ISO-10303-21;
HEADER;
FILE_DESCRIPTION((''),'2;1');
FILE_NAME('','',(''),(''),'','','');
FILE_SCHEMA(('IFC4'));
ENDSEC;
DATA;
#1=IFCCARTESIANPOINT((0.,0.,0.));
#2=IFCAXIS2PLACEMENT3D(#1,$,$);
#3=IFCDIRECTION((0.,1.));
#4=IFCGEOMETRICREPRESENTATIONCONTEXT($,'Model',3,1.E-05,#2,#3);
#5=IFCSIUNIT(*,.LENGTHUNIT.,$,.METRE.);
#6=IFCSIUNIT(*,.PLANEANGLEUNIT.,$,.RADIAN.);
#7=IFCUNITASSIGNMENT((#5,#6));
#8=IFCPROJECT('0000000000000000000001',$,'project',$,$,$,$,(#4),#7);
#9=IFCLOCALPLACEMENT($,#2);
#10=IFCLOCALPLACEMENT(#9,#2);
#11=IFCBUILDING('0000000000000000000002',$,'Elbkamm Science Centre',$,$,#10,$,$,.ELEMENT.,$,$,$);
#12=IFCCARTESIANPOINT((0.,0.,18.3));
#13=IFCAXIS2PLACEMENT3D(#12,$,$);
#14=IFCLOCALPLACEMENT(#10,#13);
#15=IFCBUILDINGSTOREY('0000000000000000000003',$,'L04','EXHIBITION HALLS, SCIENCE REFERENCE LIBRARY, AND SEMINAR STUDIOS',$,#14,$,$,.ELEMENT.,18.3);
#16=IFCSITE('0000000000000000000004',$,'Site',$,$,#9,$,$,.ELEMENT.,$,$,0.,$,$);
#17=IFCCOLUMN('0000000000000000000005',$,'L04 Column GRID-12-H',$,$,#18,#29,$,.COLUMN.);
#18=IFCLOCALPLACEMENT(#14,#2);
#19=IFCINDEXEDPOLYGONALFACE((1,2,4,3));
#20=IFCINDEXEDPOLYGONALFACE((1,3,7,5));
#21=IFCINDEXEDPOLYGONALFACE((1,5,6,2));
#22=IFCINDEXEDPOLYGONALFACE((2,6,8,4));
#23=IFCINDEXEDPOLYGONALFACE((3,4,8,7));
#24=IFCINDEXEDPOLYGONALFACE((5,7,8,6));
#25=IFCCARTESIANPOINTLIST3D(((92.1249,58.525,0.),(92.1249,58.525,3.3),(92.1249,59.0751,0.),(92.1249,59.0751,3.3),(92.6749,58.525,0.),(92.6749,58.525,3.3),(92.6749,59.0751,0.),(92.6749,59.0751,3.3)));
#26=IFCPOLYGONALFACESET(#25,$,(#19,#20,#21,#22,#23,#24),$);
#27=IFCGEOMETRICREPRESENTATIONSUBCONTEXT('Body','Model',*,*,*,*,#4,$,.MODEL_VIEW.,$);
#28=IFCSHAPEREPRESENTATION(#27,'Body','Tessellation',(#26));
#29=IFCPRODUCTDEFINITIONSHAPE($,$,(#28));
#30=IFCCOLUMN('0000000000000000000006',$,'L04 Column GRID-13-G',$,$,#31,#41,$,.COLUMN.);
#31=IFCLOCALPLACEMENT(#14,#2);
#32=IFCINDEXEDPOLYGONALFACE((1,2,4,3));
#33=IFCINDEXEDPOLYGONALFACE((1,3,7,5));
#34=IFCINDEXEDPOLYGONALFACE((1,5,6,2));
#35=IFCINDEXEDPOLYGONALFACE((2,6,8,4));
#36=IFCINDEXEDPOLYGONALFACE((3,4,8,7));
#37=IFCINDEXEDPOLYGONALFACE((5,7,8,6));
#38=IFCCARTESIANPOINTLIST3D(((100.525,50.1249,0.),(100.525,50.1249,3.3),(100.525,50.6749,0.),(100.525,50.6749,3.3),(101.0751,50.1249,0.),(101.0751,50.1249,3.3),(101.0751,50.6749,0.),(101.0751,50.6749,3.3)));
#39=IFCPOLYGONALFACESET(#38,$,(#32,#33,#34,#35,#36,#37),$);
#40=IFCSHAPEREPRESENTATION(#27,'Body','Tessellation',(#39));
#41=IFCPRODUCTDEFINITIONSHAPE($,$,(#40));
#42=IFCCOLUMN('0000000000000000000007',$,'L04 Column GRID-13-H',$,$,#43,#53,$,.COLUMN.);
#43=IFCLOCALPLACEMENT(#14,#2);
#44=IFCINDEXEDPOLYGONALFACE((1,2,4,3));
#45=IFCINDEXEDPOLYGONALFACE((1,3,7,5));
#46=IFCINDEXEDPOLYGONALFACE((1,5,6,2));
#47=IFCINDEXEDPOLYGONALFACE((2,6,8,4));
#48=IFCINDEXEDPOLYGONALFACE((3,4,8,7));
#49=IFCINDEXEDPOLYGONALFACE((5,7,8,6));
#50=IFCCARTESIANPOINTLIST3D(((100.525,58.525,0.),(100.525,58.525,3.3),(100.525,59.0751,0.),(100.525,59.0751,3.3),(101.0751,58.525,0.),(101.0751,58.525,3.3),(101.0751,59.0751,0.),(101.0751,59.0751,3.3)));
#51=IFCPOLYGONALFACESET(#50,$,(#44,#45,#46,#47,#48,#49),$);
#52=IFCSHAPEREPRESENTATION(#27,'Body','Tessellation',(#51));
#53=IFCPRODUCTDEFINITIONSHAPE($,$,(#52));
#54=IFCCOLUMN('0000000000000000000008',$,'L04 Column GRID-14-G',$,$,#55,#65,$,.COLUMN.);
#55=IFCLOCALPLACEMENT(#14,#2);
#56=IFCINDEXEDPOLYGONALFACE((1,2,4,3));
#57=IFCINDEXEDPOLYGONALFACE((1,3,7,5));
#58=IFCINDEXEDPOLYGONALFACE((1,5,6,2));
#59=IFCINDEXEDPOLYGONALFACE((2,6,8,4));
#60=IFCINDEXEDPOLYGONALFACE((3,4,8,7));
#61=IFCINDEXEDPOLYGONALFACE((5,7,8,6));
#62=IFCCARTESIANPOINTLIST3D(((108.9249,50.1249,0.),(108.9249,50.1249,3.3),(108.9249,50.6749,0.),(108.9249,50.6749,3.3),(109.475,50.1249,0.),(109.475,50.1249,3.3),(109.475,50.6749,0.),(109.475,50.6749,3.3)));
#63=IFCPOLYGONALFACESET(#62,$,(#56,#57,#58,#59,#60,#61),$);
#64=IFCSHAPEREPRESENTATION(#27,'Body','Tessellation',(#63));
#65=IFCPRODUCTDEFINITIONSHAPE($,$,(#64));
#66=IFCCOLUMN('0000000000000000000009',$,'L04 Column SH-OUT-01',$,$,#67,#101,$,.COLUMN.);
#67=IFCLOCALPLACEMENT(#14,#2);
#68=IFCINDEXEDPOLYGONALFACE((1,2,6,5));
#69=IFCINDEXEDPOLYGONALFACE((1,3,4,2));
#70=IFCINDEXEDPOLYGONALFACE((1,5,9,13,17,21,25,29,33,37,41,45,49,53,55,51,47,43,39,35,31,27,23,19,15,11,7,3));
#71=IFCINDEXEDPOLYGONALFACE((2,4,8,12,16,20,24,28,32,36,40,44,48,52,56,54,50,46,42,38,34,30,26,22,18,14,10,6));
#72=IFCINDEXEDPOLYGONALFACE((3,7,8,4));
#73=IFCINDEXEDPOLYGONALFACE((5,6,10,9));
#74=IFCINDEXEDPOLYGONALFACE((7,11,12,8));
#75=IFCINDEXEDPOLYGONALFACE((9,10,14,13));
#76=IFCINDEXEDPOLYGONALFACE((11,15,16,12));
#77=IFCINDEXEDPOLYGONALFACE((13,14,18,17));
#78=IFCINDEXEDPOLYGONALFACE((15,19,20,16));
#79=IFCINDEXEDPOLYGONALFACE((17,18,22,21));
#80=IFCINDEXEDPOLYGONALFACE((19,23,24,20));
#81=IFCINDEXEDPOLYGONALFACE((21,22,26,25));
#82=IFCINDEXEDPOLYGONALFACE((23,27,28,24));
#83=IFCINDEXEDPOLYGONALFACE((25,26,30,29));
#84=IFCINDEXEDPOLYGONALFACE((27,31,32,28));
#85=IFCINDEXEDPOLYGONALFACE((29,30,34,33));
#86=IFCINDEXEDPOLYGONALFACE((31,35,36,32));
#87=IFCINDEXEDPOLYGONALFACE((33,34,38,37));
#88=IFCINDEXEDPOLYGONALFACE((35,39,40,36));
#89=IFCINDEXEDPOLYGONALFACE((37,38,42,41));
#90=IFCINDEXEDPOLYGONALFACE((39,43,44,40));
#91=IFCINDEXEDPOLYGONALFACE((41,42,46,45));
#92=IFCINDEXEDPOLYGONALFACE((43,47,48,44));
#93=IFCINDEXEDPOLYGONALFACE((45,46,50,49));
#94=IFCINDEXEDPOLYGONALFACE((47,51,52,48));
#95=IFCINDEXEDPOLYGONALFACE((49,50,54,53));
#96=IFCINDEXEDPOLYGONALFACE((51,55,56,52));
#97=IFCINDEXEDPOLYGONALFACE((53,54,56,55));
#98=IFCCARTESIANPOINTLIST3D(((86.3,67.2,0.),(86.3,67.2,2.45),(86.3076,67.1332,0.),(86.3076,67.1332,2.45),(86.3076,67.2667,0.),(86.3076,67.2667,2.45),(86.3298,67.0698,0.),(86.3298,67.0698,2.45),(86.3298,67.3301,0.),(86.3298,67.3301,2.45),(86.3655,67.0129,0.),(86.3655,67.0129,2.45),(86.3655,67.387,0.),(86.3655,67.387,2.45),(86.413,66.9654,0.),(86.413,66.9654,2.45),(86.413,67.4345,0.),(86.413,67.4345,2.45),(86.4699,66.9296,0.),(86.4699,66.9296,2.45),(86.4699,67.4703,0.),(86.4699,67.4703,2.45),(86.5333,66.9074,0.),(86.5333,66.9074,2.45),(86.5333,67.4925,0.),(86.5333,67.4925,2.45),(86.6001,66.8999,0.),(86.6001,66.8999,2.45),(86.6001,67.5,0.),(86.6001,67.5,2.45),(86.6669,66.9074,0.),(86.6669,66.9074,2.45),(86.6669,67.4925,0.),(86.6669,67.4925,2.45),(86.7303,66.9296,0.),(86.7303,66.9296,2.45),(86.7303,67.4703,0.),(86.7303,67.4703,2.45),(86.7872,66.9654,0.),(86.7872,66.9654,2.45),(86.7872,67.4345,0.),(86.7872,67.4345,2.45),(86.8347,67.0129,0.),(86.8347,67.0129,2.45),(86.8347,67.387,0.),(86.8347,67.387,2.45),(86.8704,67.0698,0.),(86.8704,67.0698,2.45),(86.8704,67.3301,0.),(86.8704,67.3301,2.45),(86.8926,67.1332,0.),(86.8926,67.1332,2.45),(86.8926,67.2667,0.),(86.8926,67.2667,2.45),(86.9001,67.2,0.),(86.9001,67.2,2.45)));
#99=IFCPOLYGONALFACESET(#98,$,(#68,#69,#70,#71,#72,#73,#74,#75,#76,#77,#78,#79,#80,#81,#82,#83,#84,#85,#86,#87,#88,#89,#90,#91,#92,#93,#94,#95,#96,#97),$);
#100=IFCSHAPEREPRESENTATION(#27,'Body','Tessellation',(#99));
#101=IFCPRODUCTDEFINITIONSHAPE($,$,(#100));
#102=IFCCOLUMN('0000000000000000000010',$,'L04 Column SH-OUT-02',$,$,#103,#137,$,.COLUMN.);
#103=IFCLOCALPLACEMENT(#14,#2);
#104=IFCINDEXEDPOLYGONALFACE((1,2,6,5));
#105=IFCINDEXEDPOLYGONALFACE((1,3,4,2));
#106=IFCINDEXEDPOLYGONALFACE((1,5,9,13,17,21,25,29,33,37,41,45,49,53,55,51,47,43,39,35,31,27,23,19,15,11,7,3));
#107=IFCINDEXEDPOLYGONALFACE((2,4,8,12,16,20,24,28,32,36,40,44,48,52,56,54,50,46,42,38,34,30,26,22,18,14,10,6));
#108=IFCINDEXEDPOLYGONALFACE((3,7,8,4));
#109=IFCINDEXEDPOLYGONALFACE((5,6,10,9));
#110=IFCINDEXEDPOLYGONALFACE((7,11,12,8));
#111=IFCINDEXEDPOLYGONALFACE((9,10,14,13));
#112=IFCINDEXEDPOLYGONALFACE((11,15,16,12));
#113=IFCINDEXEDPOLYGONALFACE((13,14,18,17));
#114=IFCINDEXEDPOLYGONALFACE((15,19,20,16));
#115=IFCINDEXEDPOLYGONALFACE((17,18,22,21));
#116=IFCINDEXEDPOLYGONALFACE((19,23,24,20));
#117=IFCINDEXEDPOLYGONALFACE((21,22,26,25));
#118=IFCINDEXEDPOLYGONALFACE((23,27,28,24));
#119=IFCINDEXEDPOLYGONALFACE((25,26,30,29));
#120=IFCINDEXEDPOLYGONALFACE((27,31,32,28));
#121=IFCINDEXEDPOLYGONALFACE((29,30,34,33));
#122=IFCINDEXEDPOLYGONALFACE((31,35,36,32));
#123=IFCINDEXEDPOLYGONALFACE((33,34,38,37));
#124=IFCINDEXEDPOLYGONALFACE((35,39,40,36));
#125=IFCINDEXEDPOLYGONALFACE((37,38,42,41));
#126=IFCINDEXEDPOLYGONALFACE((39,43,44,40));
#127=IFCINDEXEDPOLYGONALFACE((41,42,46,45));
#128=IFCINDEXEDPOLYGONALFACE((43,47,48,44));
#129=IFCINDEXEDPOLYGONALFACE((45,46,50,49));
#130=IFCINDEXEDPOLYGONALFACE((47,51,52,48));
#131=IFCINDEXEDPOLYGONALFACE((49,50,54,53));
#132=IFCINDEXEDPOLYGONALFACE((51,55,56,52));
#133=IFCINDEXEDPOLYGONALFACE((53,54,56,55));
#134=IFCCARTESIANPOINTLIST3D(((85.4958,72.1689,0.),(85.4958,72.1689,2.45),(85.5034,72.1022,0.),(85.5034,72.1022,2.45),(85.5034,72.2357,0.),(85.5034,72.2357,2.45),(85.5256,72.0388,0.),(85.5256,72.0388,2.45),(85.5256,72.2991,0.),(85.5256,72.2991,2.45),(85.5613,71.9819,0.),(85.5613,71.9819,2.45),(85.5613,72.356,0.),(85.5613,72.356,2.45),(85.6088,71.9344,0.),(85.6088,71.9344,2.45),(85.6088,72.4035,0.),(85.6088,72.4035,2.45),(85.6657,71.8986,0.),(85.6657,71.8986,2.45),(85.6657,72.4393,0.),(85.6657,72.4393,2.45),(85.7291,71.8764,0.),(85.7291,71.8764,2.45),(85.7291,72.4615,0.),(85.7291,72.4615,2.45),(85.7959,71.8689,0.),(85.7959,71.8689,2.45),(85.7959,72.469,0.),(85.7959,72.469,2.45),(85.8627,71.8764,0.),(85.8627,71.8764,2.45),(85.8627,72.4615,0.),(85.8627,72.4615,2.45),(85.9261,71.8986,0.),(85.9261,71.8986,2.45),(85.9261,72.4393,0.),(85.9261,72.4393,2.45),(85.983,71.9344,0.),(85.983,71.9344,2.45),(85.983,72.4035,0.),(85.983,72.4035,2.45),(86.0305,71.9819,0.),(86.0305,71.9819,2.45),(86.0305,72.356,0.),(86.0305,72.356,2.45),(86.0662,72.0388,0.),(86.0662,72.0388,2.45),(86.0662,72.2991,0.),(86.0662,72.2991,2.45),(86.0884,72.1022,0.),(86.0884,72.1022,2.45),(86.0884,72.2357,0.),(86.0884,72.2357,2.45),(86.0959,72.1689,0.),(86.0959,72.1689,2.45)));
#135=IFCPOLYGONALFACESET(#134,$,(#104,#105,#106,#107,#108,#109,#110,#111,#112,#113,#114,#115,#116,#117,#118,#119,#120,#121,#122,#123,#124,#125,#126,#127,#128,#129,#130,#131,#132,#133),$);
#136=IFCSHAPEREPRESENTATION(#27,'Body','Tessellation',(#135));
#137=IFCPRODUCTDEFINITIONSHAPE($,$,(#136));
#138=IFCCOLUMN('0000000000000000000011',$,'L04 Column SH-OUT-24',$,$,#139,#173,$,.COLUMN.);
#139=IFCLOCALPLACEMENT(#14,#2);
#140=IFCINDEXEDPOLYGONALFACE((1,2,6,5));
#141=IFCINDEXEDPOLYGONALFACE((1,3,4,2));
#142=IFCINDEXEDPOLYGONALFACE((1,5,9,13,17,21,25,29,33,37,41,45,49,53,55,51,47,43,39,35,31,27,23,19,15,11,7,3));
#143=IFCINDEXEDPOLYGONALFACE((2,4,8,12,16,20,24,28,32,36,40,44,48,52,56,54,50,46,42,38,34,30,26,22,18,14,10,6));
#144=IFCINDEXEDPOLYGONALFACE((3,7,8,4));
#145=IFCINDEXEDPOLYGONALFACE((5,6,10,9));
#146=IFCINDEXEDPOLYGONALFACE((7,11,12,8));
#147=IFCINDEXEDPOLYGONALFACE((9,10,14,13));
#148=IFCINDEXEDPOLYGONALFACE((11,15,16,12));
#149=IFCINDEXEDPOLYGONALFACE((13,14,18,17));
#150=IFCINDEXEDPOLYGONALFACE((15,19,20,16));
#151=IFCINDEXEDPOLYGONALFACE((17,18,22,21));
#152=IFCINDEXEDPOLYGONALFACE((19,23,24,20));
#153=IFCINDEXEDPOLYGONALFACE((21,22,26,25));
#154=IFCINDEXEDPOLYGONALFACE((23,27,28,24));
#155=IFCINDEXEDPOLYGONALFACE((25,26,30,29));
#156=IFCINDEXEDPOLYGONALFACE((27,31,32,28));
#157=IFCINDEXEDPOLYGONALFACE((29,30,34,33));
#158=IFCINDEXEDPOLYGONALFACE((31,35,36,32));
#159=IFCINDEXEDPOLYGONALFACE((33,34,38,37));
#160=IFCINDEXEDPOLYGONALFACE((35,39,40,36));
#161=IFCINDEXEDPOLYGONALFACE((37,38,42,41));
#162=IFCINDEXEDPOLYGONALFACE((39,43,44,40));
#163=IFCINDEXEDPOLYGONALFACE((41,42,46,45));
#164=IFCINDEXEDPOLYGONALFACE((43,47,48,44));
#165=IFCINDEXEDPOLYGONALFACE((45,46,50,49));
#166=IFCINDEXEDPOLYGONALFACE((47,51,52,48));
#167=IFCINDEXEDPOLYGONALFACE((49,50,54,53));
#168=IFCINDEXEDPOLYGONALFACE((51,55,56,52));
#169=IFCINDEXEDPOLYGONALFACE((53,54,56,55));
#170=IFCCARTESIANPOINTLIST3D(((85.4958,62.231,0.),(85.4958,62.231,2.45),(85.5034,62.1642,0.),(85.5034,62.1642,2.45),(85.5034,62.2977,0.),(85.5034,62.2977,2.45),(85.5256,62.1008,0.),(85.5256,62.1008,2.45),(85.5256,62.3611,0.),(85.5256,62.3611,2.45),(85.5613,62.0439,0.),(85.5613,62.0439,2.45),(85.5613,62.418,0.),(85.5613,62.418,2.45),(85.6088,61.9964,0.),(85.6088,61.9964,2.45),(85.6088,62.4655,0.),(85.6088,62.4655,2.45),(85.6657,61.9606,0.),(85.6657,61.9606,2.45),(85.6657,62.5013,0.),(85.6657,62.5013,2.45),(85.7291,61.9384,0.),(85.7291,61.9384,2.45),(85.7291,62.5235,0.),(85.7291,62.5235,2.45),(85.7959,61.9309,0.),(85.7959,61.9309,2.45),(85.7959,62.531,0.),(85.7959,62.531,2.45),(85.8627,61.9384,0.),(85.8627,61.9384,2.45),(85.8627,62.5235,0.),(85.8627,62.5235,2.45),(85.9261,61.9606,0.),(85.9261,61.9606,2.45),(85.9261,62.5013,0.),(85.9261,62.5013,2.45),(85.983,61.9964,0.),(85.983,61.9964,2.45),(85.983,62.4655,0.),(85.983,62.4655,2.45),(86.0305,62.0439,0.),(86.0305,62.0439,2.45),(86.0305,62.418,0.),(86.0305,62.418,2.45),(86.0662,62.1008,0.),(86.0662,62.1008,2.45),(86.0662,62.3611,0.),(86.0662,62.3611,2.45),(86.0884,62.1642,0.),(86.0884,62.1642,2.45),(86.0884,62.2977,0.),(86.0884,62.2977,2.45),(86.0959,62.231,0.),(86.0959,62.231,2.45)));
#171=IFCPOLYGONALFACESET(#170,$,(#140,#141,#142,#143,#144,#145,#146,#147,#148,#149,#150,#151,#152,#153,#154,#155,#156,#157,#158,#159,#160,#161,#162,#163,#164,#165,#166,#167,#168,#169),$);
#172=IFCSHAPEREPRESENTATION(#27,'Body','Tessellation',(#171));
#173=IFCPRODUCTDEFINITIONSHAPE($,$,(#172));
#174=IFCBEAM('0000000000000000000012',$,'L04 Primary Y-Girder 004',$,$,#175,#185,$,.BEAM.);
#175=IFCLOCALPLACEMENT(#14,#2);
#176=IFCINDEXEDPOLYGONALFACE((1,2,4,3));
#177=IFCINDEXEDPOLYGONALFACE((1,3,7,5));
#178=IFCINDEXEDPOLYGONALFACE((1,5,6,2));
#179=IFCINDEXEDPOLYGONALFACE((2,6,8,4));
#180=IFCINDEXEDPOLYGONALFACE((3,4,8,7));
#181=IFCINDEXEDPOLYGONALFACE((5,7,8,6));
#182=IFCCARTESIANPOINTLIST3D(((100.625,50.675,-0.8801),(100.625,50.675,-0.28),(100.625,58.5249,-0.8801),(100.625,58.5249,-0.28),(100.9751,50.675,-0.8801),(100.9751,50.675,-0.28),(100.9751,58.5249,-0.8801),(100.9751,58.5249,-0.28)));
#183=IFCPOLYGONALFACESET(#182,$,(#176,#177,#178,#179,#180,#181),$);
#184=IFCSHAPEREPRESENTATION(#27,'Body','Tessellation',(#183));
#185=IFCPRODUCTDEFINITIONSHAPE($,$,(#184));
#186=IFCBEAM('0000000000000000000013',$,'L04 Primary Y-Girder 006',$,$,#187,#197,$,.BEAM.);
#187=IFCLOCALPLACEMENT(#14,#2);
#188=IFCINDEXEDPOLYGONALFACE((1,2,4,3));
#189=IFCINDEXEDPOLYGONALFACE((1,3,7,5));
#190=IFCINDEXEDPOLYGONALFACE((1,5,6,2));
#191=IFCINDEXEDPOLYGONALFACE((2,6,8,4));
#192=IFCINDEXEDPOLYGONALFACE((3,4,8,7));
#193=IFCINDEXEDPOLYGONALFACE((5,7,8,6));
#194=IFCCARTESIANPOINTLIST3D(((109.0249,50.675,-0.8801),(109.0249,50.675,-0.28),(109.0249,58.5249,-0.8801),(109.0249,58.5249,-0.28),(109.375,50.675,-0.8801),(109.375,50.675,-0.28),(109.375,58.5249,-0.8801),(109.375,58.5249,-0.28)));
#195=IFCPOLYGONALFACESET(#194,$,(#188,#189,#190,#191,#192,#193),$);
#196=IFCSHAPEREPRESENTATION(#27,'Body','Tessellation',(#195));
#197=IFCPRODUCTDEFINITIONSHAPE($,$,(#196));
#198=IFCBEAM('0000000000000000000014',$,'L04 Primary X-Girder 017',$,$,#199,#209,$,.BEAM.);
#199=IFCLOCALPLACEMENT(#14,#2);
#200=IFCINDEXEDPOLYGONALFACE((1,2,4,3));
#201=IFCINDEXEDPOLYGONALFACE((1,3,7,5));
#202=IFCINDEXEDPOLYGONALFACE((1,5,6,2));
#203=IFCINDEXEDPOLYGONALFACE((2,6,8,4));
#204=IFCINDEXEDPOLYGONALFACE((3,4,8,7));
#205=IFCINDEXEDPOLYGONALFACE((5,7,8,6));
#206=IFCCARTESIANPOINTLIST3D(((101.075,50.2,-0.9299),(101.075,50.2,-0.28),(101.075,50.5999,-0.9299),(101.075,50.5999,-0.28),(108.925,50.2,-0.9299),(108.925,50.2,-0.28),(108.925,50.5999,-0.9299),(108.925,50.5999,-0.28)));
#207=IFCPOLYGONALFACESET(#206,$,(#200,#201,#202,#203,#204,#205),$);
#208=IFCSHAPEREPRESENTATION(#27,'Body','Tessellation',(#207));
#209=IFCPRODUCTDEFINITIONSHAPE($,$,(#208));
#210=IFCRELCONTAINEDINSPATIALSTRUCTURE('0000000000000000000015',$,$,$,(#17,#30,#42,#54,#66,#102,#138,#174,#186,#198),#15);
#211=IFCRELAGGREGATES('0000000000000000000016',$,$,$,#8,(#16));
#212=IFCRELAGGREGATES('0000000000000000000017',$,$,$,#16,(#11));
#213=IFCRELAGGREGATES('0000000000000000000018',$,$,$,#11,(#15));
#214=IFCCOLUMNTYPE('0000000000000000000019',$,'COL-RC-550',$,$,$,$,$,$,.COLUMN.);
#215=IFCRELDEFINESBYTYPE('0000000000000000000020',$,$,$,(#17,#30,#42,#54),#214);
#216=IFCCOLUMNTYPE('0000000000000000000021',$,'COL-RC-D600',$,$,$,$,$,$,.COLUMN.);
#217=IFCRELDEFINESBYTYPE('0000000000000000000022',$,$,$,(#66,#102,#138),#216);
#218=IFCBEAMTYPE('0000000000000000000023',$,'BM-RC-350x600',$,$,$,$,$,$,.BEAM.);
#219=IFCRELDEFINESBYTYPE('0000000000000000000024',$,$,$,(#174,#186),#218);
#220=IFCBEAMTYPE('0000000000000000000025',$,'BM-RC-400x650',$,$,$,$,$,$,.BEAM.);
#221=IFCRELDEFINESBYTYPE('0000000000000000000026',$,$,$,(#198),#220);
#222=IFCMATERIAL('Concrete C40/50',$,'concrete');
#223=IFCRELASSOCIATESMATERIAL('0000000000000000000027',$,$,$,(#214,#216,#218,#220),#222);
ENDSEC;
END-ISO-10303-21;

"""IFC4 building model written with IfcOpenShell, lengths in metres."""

from ifc_helpers import new_model, si_unit, direction, frame, origin, origin_2d, place, context, subcontext, project, spatial, rectangle, circle, extrude, material, material_profile, profile_set, type_object, element, save


model = new_model("IFC4")

# Units and contexts
model_context = context("Model", 3, precision=1e-05, world=origin(), true_north=direction((0.0, 1.0)))
body_context = subcontext(model_context, "Body", "Model", "MODEL_VIEW")
ifc_project = project(units=[si_unit("LENGTHUNIT", "METRE"), si_unit("PLANEANGLEUNIT", "RADIAN")], contexts=[model_context])

# Site, building, storey
site_placement = place(None, origin())
site = spatial("IfcSite", under=ifc_project, at=site_placement, Name="Site", CompositionType="ELEMENT", RefElevation=0.0)
building_placement = place(site_placement, origin())
building = spatial("IfcBuilding", under=site, at=building_placement, Name="Elbkamm Science Centre", CompositionType="ELEMENT")
storey_placement = place(building_placement, frame((0.0, 0.0, 18.3)))
storey = spatial("IfcBuildingStorey", under=building, at=storey_placement, Name="L04", Description="EXHIBITION HALLS, SCIENCE REFERENCE LIBRARY, AND SEMINAR STUDIOS", CompositionType="ELEMENT", Elevation=18.3)

# Columns
ifc_material_1 = material(Name="Concrete C40/50", Category="concrete")
ifc_material_profile_1 = material_profile(ifc_material_1, rectangle(XDim=0.55, YDim=0.55, at=origin_2d()), Name="RC 550x550")
ifc_profile_set_1 = profile_set([ifc_material_profile_1], Name="Concrete C40/50")
column_type_1 = type_object("IfcColumnType", Name="COL-RC-550", PredefinedType="COLUMN", material=ifc_profile_set_1)
for number, where, z_axis, x_axis, name in (
    (1, (92.3999, 58.8, 0.0), (0.0, 0.0, 1.0), (1.0, 0.0, 0.0), "L04 Column GRID-12-H"),
    (2, (100.8, 50.3999, 0.0), (0.0, 0.0, 1.0), (1.0, 0.0, 0.0), "L04 Column GRID-13-G"),
    (3, (100.8, 58.8, 0.0), (0.0, 0.0, 1.0), (1.0, 0.0, 0.0), "L04 Column GRID-13-H"),
    (4, (109.2, 50.3999, 0.0), (0.0, 0.0, 1.0), (1.0, 0.0, 0.0), "L04 Column GRID-14-G"),
):
    element("IfcColumn", number, at=place(storey_placement, frame(where, z_axis=z_axis, x_axis=x_axis)), inside=storey, type_object=column_type_1, Name=name, PredefinedType="COLUMN", context=body_context, shape_type="SweptSolid", body=[
        extrude(rectangle(XDim=0.55, YDim=0.55, at=origin_2d()), origin(), (0.0, 0.0, 1.0), 3.3),
    ])
ifc_material_profile_2 = material_profile(ifc_material_1, circle(Radius=0.3, at=origin_2d()), Name="RC D600")
ifc_profile_set_2 = profile_set([ifc_material_profile_2], Name="Concrete C40/50")
column_type_2 = type_object("IfcColumnType", Name="COL-RC-D600", PredefinedType="COLUMN", material=ifc_profile_set_2)
for number, where, z_axis, x_axis, name in (
    (5, (86.6001, 67.2, 0.0), (0.0, 0.0, 1.0), (1.0, 0.0, 0.0), "L04 Column SH-OUT-01"),
    (6, (85.7959, 72.1689, 0.0), (0.0, 0.0, 1.0), (1.0, 0.0, 0.0), "L04 Column SH-OUT-02"),
    (7, (85.7959, 62.231, 0.0), (0.0, 0.0, 1.0), (1.0, 0.0, 0.0), "L04 Column SH-OUT-24"),
):
    element("IfcColumn", number, at=place(storey_placement, frame(where, z_axis=z_axis, x_axis=x_axis)), inside=storey, type_object=column_type_2, Name=name, PredefinedType="COLUMN", context=body_context, shape_type="SweptSolid", body=[
        extrude(circle(Radius=0.3, at=origin_2d()), origin(), (0.0, 0.0, 1.0), 2.45),
    ])

# Beams
ifc_material_profile_3 = material_profile(ifc_material_1, rectangle(XDim=0.3501, YDim=0.6001, at=origin_2d()), Name="RC 350x600")
ifc_profile_set_3 = profile_set([ifc_material_profile_3], Name="Concrete C40/50")
beam_type_1 = type_object("IfcBeamType", Name="BM-RC-350x600", PredefinedType="BEAM", material=ifc_profile_set_3)
for number, where, z_axis, x_axis, name in (
    (8, (100.8, 50.675, -0.5801), (0.0, 1.0, 0.0), (-1.0, 0.0, 0.0), "L04 Primary Y-Girder 004"),
    (9, (109.2, 50.675, -0.5801), (0.0, 1.0, 0.0), (-1.0, 0.0, 0.0), "L04 Primary Y-Girder 006"),
):
    element("IfcBeam", number, at=place(storey_placement, frame(where, z_axis=z_axis, x_axis=x_axis)), inside=storey, type_object=beam_type_1, Name=name, PredefinedType="BEAM", context=body_context, shape_type="SweptSolid", body=[
        extrude(rectangle(XDim=0.3501, YDim=0.6001, at=origin_2d()), origin(), (0.0, 0.0, 1.0), 7.8499),
    ])
ifc_material_profile_4 = material_profile(ifc_material_1, rectangle(XDim=0.3999, YDim=0.6499, at=origin_2d()), Name="RC 400x650")
ifc_profile_set_4 = profile_set([ifc_material_profile_4], Name="Concrete C40/50")
beam_type_2 = type_object("IfcBeamType", Name="BM-RC-400x650", PredefinedType="BEAM", material=ifc_profile_set_4)
beam_1_placement = place(storey_placement, frame((101.075, 50.3999, -0.605), z_axis=(1.0, 0.0, 0.0), x_axis=(0.0, 1.0, 0.0)))
element("IfcBeam", 10, at=beam_1_placement, inside=storey, type_object=beam_type_2, Name="L04 Primary X-Girder 017", PredefinedType="BEAM", context=body_context, shape_type="SweptSolid", body=[
    extrude(rectangle(XDim=0.3999, YDim=0.6499, at=origin_2d()), origin(), (0.0, 0.0, 1.0), 7.8501),
])

save(model, "model.ifc")
